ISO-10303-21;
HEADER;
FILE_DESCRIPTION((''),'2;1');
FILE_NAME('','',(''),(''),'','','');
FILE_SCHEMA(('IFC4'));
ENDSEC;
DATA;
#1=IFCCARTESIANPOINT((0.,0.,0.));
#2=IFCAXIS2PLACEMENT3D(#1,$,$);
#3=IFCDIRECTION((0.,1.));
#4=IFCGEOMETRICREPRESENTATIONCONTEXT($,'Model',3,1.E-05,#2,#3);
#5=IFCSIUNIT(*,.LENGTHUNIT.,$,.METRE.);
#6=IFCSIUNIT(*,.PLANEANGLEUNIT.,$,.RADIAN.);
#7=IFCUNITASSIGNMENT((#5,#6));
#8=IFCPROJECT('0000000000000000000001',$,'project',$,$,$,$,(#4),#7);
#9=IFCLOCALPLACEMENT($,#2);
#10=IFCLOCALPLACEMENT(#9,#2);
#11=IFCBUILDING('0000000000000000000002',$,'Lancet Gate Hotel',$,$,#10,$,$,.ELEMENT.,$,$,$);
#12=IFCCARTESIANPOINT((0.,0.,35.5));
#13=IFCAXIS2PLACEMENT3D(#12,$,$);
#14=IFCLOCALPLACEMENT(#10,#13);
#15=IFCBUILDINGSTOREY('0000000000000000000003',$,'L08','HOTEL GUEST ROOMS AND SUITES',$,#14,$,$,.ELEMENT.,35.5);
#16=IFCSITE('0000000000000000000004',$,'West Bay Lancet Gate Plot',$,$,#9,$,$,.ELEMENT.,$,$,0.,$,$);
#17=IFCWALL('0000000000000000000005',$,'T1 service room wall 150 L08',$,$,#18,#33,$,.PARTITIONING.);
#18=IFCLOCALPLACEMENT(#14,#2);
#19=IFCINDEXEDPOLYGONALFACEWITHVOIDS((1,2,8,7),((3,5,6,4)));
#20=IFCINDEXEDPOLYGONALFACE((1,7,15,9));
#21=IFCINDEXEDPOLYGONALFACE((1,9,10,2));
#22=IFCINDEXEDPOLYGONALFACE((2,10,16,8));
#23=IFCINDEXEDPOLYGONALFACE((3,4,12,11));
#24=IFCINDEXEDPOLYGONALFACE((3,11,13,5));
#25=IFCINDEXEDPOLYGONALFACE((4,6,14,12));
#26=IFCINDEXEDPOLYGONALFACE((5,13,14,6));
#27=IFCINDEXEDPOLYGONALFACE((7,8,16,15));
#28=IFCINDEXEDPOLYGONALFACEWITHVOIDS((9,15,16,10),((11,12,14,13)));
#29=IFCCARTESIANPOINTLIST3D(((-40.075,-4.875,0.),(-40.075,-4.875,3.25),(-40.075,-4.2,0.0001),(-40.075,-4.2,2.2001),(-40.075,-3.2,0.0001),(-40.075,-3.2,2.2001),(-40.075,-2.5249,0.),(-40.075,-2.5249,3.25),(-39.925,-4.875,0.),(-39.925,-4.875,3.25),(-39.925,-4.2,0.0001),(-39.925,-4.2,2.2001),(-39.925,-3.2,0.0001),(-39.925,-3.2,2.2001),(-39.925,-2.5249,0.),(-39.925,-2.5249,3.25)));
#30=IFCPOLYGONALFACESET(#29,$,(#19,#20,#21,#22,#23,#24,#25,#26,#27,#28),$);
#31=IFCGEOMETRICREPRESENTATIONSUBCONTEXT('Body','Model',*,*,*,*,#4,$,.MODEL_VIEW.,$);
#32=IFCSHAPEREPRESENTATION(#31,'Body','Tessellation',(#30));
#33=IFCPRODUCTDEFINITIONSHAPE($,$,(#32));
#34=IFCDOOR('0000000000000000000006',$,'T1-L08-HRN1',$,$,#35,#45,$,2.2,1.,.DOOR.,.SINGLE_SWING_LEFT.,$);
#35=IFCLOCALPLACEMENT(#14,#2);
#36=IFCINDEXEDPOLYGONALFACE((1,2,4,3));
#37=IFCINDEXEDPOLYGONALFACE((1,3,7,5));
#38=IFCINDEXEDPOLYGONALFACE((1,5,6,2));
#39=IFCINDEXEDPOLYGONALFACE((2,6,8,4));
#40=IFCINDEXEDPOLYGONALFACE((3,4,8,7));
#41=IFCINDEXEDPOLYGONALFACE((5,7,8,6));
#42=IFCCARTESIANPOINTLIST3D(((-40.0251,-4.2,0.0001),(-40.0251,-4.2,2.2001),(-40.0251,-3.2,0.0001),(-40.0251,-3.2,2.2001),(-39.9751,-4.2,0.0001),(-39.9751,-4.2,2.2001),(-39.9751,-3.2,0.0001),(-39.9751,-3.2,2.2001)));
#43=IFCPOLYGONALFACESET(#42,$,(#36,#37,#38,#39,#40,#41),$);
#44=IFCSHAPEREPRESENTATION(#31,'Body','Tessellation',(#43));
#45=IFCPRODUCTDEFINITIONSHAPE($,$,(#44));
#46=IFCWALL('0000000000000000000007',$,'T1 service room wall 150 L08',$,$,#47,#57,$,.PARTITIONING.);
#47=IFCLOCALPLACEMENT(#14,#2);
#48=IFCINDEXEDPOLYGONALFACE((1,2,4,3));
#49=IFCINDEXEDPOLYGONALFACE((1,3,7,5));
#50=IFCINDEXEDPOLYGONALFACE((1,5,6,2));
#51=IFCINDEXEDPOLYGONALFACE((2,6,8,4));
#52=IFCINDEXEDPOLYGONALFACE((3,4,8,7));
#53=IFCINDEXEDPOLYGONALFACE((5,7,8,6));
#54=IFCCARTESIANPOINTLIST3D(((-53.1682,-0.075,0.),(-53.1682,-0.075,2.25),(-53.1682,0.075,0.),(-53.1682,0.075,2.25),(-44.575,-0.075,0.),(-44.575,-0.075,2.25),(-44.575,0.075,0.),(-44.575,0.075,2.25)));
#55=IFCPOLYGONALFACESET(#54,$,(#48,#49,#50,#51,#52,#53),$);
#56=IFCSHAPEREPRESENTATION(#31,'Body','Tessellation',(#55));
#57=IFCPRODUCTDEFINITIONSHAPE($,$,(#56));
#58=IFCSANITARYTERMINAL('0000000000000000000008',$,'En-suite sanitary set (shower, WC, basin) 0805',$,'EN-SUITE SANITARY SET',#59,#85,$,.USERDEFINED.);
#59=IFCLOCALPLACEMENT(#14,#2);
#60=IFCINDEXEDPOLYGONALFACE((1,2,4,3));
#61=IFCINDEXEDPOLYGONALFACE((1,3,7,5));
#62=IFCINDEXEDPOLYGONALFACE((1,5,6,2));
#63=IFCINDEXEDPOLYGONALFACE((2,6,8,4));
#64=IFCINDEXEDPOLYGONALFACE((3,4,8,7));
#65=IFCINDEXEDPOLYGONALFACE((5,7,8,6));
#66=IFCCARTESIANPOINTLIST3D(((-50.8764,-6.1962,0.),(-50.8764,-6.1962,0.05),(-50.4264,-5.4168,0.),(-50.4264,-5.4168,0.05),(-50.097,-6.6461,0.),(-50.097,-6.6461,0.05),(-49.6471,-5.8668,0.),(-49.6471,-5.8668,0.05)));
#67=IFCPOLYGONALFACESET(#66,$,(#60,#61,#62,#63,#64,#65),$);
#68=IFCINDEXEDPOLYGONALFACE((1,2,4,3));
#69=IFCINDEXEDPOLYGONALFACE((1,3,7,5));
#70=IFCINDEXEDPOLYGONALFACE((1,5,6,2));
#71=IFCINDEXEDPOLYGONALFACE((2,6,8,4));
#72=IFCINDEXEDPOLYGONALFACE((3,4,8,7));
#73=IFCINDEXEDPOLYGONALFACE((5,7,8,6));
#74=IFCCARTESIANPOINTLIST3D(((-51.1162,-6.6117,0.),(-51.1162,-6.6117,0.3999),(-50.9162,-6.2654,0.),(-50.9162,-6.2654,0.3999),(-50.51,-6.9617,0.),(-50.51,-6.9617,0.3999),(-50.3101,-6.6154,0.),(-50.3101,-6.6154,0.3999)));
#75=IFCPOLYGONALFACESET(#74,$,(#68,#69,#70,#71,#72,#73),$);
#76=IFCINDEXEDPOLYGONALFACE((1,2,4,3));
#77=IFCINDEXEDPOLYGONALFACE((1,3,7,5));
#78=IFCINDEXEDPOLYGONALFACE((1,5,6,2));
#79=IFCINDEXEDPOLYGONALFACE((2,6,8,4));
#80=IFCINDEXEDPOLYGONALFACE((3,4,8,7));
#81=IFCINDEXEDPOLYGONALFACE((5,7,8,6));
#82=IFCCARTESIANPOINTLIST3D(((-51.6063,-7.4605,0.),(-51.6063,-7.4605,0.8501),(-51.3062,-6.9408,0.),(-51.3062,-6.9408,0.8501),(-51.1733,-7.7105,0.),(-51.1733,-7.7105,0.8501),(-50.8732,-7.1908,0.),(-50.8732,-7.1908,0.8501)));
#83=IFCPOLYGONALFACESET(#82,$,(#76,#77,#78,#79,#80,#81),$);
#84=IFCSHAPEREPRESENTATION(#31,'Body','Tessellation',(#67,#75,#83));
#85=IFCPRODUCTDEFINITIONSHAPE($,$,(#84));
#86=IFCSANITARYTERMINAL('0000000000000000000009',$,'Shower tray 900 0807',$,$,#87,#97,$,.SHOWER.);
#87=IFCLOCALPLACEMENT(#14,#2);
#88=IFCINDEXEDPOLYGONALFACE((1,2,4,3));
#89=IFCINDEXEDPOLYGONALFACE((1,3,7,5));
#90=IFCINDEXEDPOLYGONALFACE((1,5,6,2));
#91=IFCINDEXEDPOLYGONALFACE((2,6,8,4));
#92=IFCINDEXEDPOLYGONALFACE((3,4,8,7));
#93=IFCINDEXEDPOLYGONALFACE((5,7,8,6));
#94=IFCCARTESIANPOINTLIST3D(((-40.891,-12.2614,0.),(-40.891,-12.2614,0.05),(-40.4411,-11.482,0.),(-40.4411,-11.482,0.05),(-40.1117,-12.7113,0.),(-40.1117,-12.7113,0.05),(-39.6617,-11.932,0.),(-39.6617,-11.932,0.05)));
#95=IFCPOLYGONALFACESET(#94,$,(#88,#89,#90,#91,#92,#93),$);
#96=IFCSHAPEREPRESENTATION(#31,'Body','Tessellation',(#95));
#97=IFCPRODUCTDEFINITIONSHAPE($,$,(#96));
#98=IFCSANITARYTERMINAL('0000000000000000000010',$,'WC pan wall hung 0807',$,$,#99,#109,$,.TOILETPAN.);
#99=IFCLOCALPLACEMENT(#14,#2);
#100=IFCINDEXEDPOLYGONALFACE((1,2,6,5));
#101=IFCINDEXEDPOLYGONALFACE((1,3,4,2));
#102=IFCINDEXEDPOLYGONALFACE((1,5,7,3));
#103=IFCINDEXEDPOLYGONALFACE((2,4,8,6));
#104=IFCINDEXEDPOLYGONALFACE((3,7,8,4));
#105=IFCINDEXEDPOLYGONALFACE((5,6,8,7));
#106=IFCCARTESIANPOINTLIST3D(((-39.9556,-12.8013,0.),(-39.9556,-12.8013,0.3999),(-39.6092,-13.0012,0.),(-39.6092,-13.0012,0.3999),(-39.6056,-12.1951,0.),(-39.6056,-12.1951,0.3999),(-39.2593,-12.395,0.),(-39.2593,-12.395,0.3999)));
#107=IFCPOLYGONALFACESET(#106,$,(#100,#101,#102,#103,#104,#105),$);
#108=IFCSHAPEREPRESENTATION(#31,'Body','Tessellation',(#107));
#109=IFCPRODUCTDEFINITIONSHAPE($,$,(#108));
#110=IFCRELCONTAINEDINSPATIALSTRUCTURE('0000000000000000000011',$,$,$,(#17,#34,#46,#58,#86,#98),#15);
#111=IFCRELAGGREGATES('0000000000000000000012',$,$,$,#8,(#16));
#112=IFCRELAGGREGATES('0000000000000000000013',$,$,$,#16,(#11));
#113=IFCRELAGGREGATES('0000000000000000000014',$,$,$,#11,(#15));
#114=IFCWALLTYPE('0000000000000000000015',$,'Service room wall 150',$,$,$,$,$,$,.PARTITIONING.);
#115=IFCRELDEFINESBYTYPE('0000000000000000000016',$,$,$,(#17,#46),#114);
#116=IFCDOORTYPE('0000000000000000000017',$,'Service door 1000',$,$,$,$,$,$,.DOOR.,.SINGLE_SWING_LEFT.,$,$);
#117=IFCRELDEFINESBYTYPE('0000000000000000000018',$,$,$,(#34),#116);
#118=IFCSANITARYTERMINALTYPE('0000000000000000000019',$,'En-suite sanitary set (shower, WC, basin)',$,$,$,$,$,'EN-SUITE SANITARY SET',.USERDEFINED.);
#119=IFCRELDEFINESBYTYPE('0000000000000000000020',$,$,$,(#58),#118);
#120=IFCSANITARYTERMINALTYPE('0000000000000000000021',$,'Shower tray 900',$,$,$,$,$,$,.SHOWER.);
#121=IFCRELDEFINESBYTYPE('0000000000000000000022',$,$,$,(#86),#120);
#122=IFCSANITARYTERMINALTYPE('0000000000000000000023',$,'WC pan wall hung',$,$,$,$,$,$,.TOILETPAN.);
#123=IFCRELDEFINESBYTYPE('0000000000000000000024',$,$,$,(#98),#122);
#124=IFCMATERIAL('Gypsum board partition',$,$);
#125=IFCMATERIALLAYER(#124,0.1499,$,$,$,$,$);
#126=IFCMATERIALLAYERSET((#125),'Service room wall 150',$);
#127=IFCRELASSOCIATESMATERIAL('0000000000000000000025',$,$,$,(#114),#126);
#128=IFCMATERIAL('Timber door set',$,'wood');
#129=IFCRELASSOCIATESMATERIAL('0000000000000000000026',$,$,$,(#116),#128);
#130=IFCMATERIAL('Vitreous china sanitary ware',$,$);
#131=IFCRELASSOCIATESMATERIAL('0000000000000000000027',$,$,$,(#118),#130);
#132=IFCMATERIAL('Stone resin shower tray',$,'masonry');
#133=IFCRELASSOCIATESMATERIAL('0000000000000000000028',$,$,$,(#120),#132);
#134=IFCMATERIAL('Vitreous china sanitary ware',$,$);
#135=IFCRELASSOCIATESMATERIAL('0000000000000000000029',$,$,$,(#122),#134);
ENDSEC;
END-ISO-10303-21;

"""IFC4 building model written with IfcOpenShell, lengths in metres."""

from ifc_helpers import new_model, si_unit, direction, frame, frame_2d, origin, origin_2d, place, context, subcontext, project, spatial, rectangle, extrude, material, layer, layer_set, type_object, element, fill, save


model = new_model("IFC4")

# Units and contexts
model_context = context("Model", 3, precision=1e-05, world=origin(), true_north=direction((0.0, 1.0)))
body_context = subcontext(model_context, "Body", "Model", "MODEL_VIEW")
ifc_project = project(units=[si_unit("LENGTHUNIT", "METRE"), si_unit("PLANEANGLEUNIT", "RADIAN")], contexts=[model_context])

# Site, building, storey
site_placement = place(None, origin())
site = spatial("IfcSite", under=ifc_project, at=site_placement, Name="West Bay Lancet Gate Plot", CompositionType="ELEMENT", RefElevation=0.0)
building_placement = place(site_placement, origin())
building = spatial("IfcBuilding", under=site, at=building_placement, Name="Lancet Gate Hotel", CompositionType="ELEMENT")
storey_placement = place(building_placement, frame((0.0, 0.0, 35.5)))
storey = spatial("IfcBuildingStorey", under=building, at=storey_placement, Name="L08", Description="HOTEL GUEST ROOMS AND SUITES", CompositionType="ELEMENT", Elevation=35.5)

# Wall, opening, door
ifc_material_1 = material(Name="Gypsum board partition")
ifc_layer_1 = layer(ifc_material_1, 0.1499)
ifc_layer_set_1 = layer_set([ifc_layer_1], Name="Service room wall 150")
wall_type_1 = type_object("IfcWallType", Name="Service room wall 150", PredefinedType="PARTITIONING", material=ifc_layer_set_1)
ifc_material_2 = material(Name="Timber door set", Category="wood")
door_type_1 = type_object("IfcDoorType", Name="Service door 1000", OperationType="SINGLE_SWING_LEFT", PredefinedType="DOOR", material=ifc_material_2)
wall_1_placement = place(storey_placement, frame((-40.0, -2.5249, 0.0), z_axis=(0.0, 0.0, 1.0), x_axis=(0.0, -1.0, 0.0)))
wall_1 = element("IfcWall", 1, at=wall_1_placement, inside=storey, type_object=wall_type_1, Name="T1 service room wall 150 L08", PredefinedType="PARTITIONING", context=body_context, shape_type="SweptSolid", body=[
    extrude(rectangle(XDim=2.3501, YDim=0.1499, at=frame_2d((1.175, 0.0))), origin(), (0.0, 0.0, 1.0), 3.25),
])
opening_1_placement = place(wall_1_placement, frame((0.675, 0.0, 0.0)))
opening_1 = element("IfcOpeningElement", 2, at=opening_1_placement, cuts=wall_1, PredefinedType="OPENING", context=body_context, shape_type="SweptSolid", body=[
    extrude(rectangle(XDim=1.0, YDim=2.2, at=frame_2d((0.5, 1.1001))), frame((0.0, 0.085, 0.0), z_axis=(0.0, -1.0, 0.0), x_axis=(1.0, 0.0, 0.0)), (0.0, 0.0, 1.0), 0.1699),
])
door_1_placement = place(opening_1_placement, origin())
door_1 = element("IfcDoor", 3, at=door_1_placement, inside=storey, type_object=door_type_1, Name="T1-L08-HRN1", OperationType="SINGLE_SWING_LEFT", OverallHeight=2.2, OverallWidth=1.0, PredefinedType="DOOR", context=body_context, shape_type="SweptSolid", body=[
    extrude(rectangle(XDim=1.0, YDim=2.2, at=frame_2d((0.5, 1.1001))), frame((0.0, 0.0249, 0.0), z_axis=(0.0, -1.0, 0.0), x_axis=(1.0, 0.0, 0.0)), (0.0, 0.0, 1.0), 0.05),
])
fill(opening_1, door_1)

# Wall
wall_2_placement = place(storey_placement, frame((-44.575, 0.0, 0.0), z_axis=(0.0, 0.0, 1.0), x_axis=(-1.0, 0.0, 0.0)))
element("IfcWall", 4, at=wall_2_placement, inside=storey, type_object=wall_type_1, Name="T1 service room wall 150 L08", PredefinedType="PARTITIONING", context=body_context, shape_type="SweptSolid", body=[
    extrude(rectangle(XDim=8.5933, YDim=0.1499, at=frame_2d((4.2966, 0.0))), origin(), (0.0, 0.0, 1.0), 2.25),
])

# Sanitary terminals
ifc_material_3 = material(Name="Vitreous china sanitary ware")
sanitary_terminal_type_1 = type_object("IfcSanitaryTerminalType", Name="En-suite sanitary set (shower, WC, basin)", ElementType="EN-SUITE SANITARY SET", PredefinedType="USERDEFINED", material=ifc_material_3)
sanitary_terminal_1_placement = place(storey_placement, frame((-50.2617, -6.0315, 0.0), z_axis=(0.0, 0.0, 1.0), x_axis=(1.0, 0.0, 0.0)))
element("IfcSanitaryTerminal", 5, at=sanitary_terminal_1_placement, inside=storey, type_object=sanitary_terminal_type_1, Name="En-suite sanitary set (shower, WC, basin) 0805", ObjectType="EN-SUITE SANITARY SET", PredefinedType="USERDEFINED", context=body_context, shape_type="SweptSolid", body=[
    extrude(rectangle(XDim=0.8999, YDim=0.8999, at=origin_2d()), frame((0.0, 0.0, 0.0), z_axis=(0.0, 0.0, 1.0), x_axis=(0.5, 0.866025, 0.0)), (0.0, 0.0, 1.0), 0.05),
    extrude(rectangle(XDim=0.3999, YDim=0.7, at=origin_2d()), frame((-0.4514, -0.582, 0.0), z_axis=(0.0, 0.0, 1.0), x_axis=(0.5, 0.866025, 0.0)), (0.0, 0.0, 1.0), 0.3999),
    extrude(rectangle(XDim=0.6001, YDim=0.5, at=origin_2d()), frame((-0.978, -1.2942, 0.0), z_axis=(0.0, 0.0, 1.0), x_axis=(0.5, 0.866025, 0.0)), (0.0, 0.0, 1.0), 0.8501),
])
ifc_material_4 = material(Name="Stone resin shower tray", Category="masonry")
sanitary_terminal_type_2 = type_object("IfcSanitaryTerminalType", Name="Shower tray 900", PredefinedType="SHOWER", material=ifc_material_4)
sanitary_terminal_2_placement = place(storey_placement, frame((-40.2764, -12.0967, 0.0), z_axis=(0.0, 0.0, 1.0), x_axis=(-0.866025, 0.5, 0.0)))
element("IfcSanitaryTerminal", 6, at=sanitary_terminal_2_placement, inside=storey, type_object=sanitary_terminal_type_2, Name="Shower tray 900 0807", PredefinedType="SHOWER", context=body_context, shape_type="SweptSolid", body=[
    extrude(rectangle(XDim=0.8999, YDim=0.8999, at=origin_2d()), origin(), (0.0, 0.0, 1.0), 0.05),
])
ifc_material_5 = material(Name="Vitreous china sanitary ware")
sanitary_terminal_type_3 = type_object("IfcSanitaryTerminalType", Name="WC pan wall hung", PredefinedType="TOILETPAN", material=ifc_material_5)
sanitary_terminal_3_placement = place(storey_placement, frame((-39.6074, -12.5981, 0.0), z_axis=(0.0, 0.0, 1.0), x_axis=(-0.866025, 0.5, 0.0)))
element("IfcSanitaryTerminal", 7, at=sanitary_terminal_3_placement, inside=storey, type_object=sanitary_terminal_type_3, Name="WC pan wall hung 0807", PredefinedType="TOILETPAN", context=body_context, shape_type="SweptSolid", body=[
    extrude(rectangle(XDim=0.3999, YDim=0.7, at=origin_2d()), origin(), (0.0, 0.0, 1.0), 0.3999),
])

save(model, "model.ifc")
